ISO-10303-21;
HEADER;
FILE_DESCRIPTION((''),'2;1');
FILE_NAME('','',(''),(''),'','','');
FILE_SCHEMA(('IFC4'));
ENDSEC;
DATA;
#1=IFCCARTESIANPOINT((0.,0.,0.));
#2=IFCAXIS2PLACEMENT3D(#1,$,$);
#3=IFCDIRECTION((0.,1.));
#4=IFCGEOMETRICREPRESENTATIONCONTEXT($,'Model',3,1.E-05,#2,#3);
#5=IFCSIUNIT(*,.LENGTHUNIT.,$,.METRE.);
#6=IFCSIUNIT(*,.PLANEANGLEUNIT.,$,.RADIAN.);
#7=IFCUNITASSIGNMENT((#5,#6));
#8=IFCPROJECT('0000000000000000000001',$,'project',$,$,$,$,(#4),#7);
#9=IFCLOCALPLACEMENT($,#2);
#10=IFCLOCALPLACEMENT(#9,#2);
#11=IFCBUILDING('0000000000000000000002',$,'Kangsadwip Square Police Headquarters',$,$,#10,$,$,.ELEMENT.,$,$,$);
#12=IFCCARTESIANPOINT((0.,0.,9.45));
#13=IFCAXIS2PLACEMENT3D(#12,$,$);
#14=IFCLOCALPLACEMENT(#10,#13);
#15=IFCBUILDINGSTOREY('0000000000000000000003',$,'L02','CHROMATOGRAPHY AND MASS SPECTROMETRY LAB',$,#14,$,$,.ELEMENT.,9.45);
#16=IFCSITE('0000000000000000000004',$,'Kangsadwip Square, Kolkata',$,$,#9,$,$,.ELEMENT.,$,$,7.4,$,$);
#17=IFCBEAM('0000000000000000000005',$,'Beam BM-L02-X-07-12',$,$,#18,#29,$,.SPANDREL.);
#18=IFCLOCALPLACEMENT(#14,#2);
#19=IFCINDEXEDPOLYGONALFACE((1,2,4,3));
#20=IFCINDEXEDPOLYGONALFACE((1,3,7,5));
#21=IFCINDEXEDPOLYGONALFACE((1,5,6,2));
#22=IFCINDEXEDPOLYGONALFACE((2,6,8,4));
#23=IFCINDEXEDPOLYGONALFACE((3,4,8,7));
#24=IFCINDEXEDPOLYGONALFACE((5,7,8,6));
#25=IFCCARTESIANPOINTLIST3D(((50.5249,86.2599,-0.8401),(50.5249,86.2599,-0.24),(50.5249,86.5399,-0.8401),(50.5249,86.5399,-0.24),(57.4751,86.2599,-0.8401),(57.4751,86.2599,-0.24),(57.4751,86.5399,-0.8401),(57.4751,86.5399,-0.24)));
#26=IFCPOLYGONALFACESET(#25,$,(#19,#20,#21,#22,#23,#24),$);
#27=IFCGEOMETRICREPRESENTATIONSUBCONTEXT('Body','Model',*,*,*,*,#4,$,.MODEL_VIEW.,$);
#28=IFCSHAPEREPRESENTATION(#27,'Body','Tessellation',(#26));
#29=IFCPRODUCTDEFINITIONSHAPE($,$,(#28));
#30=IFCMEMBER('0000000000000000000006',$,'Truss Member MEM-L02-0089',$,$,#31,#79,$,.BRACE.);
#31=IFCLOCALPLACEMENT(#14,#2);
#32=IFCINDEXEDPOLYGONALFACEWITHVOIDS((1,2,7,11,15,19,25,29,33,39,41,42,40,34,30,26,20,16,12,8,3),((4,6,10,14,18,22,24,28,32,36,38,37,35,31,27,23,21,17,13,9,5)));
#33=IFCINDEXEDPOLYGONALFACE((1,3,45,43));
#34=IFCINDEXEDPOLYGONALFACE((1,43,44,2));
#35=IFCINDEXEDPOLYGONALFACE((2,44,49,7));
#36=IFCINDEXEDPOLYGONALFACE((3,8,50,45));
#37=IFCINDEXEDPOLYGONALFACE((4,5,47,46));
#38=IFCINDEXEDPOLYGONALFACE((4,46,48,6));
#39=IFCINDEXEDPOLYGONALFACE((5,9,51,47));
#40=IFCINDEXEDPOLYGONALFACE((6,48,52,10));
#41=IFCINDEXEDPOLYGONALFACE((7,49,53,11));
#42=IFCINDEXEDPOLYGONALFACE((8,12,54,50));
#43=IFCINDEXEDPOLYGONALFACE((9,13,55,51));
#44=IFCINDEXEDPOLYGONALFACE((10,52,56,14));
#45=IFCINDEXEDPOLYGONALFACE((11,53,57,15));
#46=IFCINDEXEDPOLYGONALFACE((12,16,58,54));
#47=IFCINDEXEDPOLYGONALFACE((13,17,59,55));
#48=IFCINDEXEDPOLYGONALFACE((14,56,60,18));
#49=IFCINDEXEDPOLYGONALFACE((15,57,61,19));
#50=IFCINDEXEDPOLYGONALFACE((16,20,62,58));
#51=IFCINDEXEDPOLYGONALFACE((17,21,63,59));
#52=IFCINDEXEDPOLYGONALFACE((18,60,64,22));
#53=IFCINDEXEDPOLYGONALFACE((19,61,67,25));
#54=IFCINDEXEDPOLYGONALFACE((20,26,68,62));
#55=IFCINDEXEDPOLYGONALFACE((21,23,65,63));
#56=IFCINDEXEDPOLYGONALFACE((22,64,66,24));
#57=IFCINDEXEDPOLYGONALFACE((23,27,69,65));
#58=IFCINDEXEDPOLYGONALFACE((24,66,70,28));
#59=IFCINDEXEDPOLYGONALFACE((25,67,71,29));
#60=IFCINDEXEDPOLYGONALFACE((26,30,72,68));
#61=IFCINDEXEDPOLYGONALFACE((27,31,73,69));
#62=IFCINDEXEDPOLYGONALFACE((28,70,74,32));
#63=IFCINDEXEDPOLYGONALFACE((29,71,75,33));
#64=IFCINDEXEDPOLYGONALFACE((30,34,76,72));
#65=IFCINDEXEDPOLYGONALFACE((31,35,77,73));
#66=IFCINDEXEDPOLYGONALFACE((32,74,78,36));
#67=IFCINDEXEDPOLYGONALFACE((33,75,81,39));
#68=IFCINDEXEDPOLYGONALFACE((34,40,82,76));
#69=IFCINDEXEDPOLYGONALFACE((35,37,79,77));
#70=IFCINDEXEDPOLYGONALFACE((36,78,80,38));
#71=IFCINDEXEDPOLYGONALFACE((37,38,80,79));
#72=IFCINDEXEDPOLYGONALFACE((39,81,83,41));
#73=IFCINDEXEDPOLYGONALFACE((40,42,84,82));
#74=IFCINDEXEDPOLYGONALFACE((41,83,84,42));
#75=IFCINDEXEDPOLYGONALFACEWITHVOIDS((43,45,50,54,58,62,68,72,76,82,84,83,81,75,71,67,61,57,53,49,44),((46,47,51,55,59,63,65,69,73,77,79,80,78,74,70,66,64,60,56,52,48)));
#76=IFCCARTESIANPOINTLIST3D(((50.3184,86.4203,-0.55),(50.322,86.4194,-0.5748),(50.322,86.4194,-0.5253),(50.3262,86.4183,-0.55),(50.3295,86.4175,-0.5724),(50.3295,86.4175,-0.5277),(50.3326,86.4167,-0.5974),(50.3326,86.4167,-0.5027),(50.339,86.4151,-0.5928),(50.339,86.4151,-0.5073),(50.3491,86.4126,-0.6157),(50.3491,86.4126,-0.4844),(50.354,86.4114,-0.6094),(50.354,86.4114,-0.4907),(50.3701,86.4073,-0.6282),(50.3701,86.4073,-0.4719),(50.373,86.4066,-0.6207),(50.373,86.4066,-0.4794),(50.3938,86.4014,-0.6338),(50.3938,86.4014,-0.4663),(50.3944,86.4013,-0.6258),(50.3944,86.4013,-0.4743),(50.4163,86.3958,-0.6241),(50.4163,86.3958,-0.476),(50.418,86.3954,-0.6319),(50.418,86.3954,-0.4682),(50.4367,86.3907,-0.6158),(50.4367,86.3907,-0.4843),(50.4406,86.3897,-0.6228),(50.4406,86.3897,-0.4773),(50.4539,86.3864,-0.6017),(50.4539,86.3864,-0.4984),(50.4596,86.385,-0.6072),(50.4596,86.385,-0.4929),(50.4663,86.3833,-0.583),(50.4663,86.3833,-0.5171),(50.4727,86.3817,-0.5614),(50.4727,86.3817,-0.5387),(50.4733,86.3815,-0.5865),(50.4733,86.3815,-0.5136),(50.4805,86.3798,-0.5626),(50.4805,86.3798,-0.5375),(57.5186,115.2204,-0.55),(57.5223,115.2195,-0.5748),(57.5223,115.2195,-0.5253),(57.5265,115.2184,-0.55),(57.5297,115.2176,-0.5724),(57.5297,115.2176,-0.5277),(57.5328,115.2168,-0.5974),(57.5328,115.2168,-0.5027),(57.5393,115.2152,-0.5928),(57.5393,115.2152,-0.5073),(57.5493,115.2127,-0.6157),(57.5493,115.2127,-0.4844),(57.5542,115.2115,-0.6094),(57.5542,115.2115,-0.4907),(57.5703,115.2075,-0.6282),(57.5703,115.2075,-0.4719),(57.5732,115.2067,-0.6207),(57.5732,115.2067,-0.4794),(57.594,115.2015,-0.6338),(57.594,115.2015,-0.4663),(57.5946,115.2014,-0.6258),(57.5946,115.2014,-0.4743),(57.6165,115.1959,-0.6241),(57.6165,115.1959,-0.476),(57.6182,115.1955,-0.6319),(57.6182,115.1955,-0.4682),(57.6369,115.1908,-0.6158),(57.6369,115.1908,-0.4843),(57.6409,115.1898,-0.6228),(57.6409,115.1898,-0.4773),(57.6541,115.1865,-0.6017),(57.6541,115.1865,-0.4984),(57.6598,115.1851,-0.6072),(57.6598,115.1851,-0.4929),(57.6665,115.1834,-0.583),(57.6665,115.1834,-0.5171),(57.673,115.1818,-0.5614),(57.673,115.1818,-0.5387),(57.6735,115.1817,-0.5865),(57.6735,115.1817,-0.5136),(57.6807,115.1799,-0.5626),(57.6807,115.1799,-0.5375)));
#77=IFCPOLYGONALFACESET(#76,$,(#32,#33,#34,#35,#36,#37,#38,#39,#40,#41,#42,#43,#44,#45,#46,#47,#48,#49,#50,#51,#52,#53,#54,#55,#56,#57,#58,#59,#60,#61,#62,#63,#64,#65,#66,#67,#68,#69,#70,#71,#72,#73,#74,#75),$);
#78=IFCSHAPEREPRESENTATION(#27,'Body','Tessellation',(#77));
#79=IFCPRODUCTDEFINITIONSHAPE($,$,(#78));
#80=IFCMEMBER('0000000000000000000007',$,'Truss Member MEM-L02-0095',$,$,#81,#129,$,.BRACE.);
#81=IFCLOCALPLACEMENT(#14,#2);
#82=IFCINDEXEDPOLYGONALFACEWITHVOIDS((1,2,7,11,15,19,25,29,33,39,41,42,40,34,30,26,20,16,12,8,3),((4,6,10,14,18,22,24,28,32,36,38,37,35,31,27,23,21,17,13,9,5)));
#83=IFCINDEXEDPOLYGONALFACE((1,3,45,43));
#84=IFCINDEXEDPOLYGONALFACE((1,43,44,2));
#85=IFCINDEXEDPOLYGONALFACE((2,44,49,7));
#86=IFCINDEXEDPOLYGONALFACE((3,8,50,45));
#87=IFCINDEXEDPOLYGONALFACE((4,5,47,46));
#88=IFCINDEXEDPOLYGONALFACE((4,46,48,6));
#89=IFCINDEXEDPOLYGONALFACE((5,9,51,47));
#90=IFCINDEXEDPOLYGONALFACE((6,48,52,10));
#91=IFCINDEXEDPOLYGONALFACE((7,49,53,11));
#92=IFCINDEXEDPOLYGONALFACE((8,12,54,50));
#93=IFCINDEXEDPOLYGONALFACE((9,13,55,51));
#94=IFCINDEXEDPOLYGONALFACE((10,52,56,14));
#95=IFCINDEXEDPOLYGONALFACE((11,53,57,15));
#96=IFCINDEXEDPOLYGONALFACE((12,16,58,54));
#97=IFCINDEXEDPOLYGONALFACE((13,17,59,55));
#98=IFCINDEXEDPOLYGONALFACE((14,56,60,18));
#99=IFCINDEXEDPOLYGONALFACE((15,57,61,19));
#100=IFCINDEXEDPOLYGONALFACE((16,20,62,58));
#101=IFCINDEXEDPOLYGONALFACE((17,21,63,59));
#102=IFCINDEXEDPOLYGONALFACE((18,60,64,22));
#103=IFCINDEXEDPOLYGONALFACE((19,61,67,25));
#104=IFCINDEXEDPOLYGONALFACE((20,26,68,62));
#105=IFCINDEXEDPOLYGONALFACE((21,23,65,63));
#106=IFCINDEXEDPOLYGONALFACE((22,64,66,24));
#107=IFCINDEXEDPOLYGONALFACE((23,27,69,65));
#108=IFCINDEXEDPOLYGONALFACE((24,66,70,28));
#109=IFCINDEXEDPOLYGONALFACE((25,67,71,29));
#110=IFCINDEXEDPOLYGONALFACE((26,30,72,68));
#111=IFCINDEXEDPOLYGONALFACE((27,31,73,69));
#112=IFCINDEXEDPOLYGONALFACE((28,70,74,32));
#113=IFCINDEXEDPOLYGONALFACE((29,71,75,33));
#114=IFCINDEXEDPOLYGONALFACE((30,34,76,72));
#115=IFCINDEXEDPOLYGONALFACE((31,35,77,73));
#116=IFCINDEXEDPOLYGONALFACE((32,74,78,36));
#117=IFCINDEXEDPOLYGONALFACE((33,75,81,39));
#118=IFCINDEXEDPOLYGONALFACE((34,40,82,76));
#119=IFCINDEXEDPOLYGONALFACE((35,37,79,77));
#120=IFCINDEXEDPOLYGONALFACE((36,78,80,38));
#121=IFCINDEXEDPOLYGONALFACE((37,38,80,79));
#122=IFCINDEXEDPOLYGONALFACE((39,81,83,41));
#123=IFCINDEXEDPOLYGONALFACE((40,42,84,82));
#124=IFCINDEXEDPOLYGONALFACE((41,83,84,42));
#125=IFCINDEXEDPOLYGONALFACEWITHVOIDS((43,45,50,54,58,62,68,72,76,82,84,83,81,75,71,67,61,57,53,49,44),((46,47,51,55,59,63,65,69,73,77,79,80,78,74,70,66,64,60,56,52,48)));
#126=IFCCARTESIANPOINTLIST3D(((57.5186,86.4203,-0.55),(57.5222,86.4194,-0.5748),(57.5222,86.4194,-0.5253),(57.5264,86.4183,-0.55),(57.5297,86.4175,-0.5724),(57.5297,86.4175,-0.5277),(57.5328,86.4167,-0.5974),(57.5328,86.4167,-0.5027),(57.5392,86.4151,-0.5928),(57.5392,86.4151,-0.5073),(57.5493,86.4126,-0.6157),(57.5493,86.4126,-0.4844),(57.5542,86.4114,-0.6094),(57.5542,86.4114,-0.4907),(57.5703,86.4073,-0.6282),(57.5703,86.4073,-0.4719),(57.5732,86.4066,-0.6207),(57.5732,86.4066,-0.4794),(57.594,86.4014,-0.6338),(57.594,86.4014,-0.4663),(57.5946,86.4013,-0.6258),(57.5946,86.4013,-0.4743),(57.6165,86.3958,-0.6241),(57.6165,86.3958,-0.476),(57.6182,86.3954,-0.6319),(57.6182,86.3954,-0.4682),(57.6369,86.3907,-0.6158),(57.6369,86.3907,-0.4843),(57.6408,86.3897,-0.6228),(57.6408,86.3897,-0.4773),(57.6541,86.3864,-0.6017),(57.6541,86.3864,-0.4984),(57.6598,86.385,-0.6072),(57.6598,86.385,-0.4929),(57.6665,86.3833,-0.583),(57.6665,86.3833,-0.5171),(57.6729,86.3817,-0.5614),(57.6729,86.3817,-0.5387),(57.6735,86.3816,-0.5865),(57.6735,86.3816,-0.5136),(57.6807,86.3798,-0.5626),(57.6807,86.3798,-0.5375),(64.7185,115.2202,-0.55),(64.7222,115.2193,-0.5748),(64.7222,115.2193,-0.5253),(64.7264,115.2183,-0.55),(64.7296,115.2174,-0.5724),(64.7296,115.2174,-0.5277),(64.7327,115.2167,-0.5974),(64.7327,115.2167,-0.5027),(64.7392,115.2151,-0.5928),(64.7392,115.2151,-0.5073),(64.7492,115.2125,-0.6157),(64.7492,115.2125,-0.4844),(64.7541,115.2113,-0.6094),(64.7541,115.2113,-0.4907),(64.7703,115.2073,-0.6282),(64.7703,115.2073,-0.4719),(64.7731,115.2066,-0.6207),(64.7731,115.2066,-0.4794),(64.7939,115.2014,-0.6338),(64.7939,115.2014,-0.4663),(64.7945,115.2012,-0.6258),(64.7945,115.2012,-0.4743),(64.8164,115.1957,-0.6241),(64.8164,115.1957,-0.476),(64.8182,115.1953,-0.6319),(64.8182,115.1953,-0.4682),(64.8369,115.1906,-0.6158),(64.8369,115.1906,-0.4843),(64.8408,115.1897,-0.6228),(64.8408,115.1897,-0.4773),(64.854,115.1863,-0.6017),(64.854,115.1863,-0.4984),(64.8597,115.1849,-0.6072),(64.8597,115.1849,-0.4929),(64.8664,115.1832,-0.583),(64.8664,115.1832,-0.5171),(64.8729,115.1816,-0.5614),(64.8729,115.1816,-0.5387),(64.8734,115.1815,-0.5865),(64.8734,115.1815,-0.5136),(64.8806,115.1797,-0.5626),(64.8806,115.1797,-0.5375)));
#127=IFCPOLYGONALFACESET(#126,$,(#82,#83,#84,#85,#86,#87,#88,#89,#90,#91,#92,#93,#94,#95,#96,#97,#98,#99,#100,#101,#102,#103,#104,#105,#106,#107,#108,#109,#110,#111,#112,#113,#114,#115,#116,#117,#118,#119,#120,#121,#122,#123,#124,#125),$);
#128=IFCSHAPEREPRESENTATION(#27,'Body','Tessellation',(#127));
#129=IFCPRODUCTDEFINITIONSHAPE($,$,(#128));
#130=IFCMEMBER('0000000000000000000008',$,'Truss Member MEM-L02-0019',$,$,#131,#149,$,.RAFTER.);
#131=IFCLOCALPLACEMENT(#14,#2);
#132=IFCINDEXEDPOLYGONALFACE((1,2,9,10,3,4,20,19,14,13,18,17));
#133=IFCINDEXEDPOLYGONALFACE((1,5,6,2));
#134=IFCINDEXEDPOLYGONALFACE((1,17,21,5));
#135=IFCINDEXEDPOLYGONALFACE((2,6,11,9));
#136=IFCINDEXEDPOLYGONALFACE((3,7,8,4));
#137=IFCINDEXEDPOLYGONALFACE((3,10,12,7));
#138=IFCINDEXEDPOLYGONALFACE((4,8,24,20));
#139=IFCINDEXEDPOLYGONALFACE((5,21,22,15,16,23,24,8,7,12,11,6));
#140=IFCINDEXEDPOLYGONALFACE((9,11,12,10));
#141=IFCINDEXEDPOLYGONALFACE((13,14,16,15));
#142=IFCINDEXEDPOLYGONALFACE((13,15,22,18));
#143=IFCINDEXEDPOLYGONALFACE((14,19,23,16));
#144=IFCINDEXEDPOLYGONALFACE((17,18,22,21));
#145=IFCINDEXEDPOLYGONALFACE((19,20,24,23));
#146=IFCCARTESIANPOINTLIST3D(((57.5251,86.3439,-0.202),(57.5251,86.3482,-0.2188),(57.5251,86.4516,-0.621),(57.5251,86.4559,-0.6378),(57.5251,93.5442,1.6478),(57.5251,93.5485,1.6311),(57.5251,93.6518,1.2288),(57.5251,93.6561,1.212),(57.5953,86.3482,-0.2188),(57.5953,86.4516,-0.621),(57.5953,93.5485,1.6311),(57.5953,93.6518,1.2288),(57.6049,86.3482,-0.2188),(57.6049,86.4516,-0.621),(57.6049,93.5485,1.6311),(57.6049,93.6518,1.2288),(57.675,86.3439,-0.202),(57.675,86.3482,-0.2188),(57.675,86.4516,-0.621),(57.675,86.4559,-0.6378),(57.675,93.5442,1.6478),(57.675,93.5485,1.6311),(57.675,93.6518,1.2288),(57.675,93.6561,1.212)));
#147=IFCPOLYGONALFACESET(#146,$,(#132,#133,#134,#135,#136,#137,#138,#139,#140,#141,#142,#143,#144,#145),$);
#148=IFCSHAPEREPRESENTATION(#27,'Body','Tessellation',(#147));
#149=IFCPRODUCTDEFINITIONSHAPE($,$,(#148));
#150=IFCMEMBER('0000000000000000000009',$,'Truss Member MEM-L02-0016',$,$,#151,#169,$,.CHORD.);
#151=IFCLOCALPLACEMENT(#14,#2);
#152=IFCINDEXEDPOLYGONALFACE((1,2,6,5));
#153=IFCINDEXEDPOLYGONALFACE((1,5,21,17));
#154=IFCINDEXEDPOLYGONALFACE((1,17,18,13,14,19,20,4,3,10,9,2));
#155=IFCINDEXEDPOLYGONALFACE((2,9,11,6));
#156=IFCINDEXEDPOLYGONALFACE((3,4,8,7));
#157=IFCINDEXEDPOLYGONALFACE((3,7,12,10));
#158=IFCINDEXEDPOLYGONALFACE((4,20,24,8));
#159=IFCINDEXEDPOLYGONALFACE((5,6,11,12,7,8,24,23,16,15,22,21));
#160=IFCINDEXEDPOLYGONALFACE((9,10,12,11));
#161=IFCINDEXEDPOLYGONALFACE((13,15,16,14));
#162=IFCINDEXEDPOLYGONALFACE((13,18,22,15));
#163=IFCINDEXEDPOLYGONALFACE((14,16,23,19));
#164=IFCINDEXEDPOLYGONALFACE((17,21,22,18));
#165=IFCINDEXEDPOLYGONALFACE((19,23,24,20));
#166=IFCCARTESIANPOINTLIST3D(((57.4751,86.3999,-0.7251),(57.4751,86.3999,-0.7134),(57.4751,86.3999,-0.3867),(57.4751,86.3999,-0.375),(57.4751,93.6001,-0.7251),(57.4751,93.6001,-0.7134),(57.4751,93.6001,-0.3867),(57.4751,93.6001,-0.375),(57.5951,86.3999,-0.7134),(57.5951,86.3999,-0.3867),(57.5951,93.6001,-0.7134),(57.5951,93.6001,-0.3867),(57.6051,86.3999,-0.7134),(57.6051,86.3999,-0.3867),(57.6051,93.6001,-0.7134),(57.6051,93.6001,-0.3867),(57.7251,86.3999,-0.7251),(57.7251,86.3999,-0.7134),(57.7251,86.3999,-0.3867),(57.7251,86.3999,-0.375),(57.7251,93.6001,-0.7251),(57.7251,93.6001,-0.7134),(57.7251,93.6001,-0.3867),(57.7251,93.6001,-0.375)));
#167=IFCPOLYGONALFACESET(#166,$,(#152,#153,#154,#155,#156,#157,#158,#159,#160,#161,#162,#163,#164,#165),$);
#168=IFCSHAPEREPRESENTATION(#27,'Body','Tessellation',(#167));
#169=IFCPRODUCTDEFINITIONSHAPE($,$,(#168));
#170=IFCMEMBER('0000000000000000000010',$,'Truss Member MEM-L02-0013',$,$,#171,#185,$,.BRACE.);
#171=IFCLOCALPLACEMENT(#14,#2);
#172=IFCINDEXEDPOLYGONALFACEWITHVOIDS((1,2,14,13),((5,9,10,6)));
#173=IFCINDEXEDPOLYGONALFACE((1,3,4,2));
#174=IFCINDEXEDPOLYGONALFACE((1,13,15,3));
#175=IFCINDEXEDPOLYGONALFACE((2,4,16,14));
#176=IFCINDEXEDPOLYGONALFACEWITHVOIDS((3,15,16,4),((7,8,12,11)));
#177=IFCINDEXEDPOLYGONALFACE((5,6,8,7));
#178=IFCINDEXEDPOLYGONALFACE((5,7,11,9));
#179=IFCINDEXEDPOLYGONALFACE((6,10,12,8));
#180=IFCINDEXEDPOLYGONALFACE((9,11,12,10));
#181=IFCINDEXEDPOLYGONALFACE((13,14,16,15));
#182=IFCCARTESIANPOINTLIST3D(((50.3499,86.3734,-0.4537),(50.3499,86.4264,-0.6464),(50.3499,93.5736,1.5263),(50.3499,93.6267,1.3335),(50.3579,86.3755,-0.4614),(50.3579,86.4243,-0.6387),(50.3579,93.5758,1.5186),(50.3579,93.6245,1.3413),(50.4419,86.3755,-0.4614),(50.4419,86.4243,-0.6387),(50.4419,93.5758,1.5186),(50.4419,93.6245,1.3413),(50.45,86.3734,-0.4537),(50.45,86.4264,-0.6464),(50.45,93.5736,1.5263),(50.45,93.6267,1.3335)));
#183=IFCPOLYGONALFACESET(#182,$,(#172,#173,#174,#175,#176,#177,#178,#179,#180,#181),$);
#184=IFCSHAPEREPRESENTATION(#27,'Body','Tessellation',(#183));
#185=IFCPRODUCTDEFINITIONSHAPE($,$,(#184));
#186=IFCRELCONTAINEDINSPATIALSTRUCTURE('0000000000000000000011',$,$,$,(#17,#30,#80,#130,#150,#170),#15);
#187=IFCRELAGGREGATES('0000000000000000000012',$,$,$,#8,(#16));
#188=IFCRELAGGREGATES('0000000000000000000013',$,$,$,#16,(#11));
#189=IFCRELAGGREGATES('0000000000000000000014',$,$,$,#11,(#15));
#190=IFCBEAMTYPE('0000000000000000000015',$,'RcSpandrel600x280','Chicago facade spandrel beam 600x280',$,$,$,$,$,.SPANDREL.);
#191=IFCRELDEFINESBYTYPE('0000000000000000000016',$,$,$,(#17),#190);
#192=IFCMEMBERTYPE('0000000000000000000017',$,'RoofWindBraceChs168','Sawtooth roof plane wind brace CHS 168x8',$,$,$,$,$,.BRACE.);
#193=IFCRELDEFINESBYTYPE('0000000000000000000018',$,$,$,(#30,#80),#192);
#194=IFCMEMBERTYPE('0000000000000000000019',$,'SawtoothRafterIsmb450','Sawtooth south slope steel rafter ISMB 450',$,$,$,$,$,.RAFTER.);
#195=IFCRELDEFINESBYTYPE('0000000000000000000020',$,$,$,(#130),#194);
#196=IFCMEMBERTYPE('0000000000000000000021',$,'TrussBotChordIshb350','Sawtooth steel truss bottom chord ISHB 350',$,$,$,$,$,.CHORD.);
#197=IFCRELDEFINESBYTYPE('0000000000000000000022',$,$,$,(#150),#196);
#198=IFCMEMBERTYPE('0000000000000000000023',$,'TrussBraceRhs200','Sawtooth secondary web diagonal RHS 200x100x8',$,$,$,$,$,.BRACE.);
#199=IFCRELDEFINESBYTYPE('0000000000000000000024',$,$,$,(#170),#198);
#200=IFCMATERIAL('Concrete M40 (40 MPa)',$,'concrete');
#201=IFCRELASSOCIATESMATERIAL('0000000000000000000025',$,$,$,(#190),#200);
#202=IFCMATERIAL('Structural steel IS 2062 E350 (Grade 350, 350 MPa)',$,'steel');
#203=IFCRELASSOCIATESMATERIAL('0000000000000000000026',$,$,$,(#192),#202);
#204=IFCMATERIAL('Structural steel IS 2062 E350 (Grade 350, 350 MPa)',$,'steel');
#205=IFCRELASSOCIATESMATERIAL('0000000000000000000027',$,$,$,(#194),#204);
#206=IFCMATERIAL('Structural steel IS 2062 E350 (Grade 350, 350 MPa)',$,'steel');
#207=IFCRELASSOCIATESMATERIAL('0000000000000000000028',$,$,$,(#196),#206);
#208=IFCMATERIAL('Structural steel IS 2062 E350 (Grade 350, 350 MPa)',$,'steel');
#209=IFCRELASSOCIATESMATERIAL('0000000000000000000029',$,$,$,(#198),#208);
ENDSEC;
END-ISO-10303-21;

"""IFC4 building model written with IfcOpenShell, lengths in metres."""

from ifc_helpers import new_model, si_unit, direction, frame, origin, origin_2d, place, context, subcontext, project, spatial, rectangle, hollow_rectangle, hollow_circle, i_section, extrude, material, material_profile, profile_set, type_object, element, save


model = new_model("IFC4")

# Units and contexts
model_context = context("Model", 3, precision=1e-05, world=origin(), true_north=direction((0.0, 1.0)))
body_context = subcontext(model_context, "Body", "Model", "MODEL_VIEW")
ifc_project = project(units=[si_unit("LENGTHUNIT", "METRE"), si_unit("PLANEANGLEUNIT", "RADIAN")], contexts=[model_context])

# Site, building, storey
site_placement = place(None, origin())
site = spatial("IfcSite", under=ifc_project, at=site_placement, Name="Kangsadwip Square, Kolkata", CompositionType="ELEMENT", RefElevation=7.4)
building_placement = place(site_placement, origin())
building = spatial("IfcBuilding", under=site, at=building_placement, Name="Kangsadwip Square Police Headquarters", CompositionType="ELEMENT")
storey_placement = place(building_placement, frame((0.0, 0.0, 9.45)))
storey = spatial("IfcBuildingStorey", under=building, at=storey_placement, Name="L02", Description="CHROMATOGRAPHY AND MASS SPECTROMETRY LAB", CompositionType="ELEMENT", Elevation=9.45)

# Beam
ifc_material_1 = material(Name="Concrete M40 (40 MPa)", Category="concrete")
ifc_material_profile_1 = material_profile(ifc_material_1, rectangle(XDim=0.28, YDim=0.6001, at=origin_2d()), Name="RC SPN 600X280")
ifc_profile_set_1 = profile_set([ifc_material_profile_1], Name="Concrete M40 (40 MPa)")
beam_type = type_object("IfcBeamType", Name="RcSpandrel600x280", Description="Chicago facade spandrel beam 600x280", PredefinedType="SPANDREL", material=ifc_profile_set_1)
beam_placement = place(storey_placement, frame((50.5249, 86.3999, -0.54), z_axis=(1.0, 0.0, 0.0), x_axis=(0.0, 1.0, 0.0)))
element("IfcBeam", 1, at=beam_placement, inside=storey, type_object=beam_type, Name="Beam BM-L02-X-07-12", PredefinedType="SPANDREL", context=body_context, shape_type="SweptSolid", body=[
    extrude(rectangle(XDim=0.28, YDim=0.6001, at=origin_2d()), origin(), (0.0, 0.0, 1.0), 6.9502),
])

# Members
ifc_material_2 = material(Name="Structural steel IS 2062 E350 (Grade 350, 350 MPa)", Category="steel")
ifc_material_profile_2 = material_profile(ifc_material_2, hollow_circle(Radius=0.084, WallThickness=0.0081, at=origin_2d()), Name="CHS 168X8")
ifc_profile_set_2 = profile_set([ifc_material_profile_2], Name="Structural steel IS 2062 E350 (Grade 350, 350 MPa)")
member_type_1 = type_object("IfcMemberType", Name="RoofWindBraceChs168", Description="Sawtooth roof plane wind brace CHS 168x8", PredefinedType="BRACE", material=ifc_profile_set_2)
member_1_placement = place(storey_placement, frame((50.3999, 86.3999, -0.55), z_axis=(0.242541, 0.970141, 0.0), x_axis=(-0.970141, 0.242541, 0.0)))
element("IfcMember", 2, at=member_1_placement, inside=storey, type_object=member_type_1, Name="Truss Member MEM-L02-0089", PredefinedType="BRACE", context=body_context, shape_type="SweptSolid", body=[
    extrude(hollow_circle(Radius=0.084, WallThickness=0.0081, at=origin_2d()), origin(), (0.0, 0.0, 1.0), 29.6865),
])
member_2_placement = place(storey_placement, frame((57.6001, 86.3999, -0.55), z_axis=(0.242534, 0.970143, 0.0), x_axis=(-0.970143, 0.242534, 0.0)))
element("IfcMember", 3, at=member_2_placement, inside=storey, type_object=member_type_1, Name="Truss Member MEM-L02-0095", PredefinedType="BRACE", context=body_context, shape_type="SweptSolid", body=[
    extrude(hollow_circle(Radius=0.084, WallThickness=0.0081, at=origin_2d()), origin(), (0.0, 0.0, 1.0), 29.6863),
])
ifc_material_3 = material(Name="Structural steel IS 2062 E350 (Grade 350, 350 MPa)", Category="steel")
ifc_material_profile_3 = material_profile(ifc_material_3, i_section(OverallWidth=0.1499, OverallDepth=0.45, WebThickness=0.0095, FlangeThickness=0.0173, at=origin_2d()), Name="ISMB 450")
ifc_profile_set_3 = profile_set([ifc_material_profile_3], Name="Structural steel IS 2062 E350 (Grade 350, 350 MPa)")
member_type_2 = type_object("IfcMemberType", Name="SawtoothRafterIsmb450", Description="Sawtooth south slope steel rafter ISMB 450", PredefinedType="RAFTER", material=ifc_profile_set_3)
member_3_placement = place(storey_placement, frame((57.6001, 86.3999, -0.4199), z_axis=(0.0, 0.968546, 0.248836), x_axis=(-1.0, 0.0, 0.0)))
element("IfcMember", 4, at=member_3_placement, inside=storey, type_object=member_type_2, Name="Truss Member MEM-L02-0019", PredefinedType="RAFTER", context=body_context, shape_type="SweptSolid", body=[
    extrude(i_section(OverallWidth=0.1499, OverallDepth=0.45, WebThickness=0.0095, FlangeThickness=0.0173, at=origin_2d()), origin(), (0.0, 0.0, 1.0), 7.4341),
])
ifc_material_4 = material(Name="Structural steel IS 2062 E350 (Grade 350, 350 MPa)", Category="steel")
ifc_material_profile_4 = material_profile(ifc_material_4, i_section(OverallWidth=0.25, OverallDepth=0.3501, WebThickness=0.01, FlangeThickness=0.0117, at=origin_2d()), Name="ISHB 350")
ifc_profile_set_4 = profile_set([ifc_material_profile_4], Name="Structural steel IS 2062 E350 (Grade 350, 350 MPa)")
member_type_3 = type_object("IfcMemberType", Name="TrussBotChordIshb350", Description="Sawtooth steel truss bottom chord ISHB 350", PredefinedType="CHORD", material=ifc_profile_set_4)
member_4_placement = place(storey_placement, frame((57.6001, 86.3999, -0.55), z_axis=(0.0, 1.0, 0.0), x_axis=(-1.0, 0.0, 0.0)))
element("IfcMember", 5, at=member_4_placement, inside=storey, type_object=member_type_3, Name="Truss Member MEM-L02-0016", PredefinedType="CHORD", context=body_context, shape_type="SweptSolid", body=[
    extrude(i_section(OverallWidth=0.25, OverallDepth=0.3501, WebThickness=0.01, FlangeThickness=0.0117, at=origin_2d()), origin(), (0.0, 0.0, 1.0), 7.2002),
])
ifc_material_5 = material(Name="Structural steel IS 2062 E350 (Grade 350, 350 MPa)", Category="steel")
ifc_material_profile_5 = material_profile(ifc_material_5, hollow_rectangle(XDim=0.1001, YDim=0.2, WallThickness=0.0081, at=origin_2d()), Name="RHS 200X100X8")
ifc_profile_set_5 = profile_set([ifc_material_profile_5], Name="Structural steel IS 2062 E350 (Grade 350, 350 MPa)")
member_type_4 = type_object("IfcMemberType", Name="TrussBraceRhs200", Description="Sawtooth secondary web diagonal RHS 200x100x8", PredefinedType="BRACE", material=ifc_profile_set_5)
for number, where, z_axis, x_axis, name in (
    (6, (50.3999, 86.3999, -0.55), (0.0, 0.964208, 0.265147), (-1.0, 0.0, 0.0), "Truss Member MEM-L02-0013"),
):
    element("IfcMember", number, at=place(storey_placement, frame(where, z_axis=z_axis, x_axis=x_axis)), inside=storey, type_object=member_type_4, Name=name, PredefinedType="BRACE", context=body_context, shape_type="SweptSolid", body=[
        extrude(hollow_rectangle(XDim=0.1001, YDim=0.2, WallThickness=0.0081, at=origin_2d()), origin(), (0.0, 0.0, 1.0), 7.4675),
    ])

save(model, "model.ifc")
